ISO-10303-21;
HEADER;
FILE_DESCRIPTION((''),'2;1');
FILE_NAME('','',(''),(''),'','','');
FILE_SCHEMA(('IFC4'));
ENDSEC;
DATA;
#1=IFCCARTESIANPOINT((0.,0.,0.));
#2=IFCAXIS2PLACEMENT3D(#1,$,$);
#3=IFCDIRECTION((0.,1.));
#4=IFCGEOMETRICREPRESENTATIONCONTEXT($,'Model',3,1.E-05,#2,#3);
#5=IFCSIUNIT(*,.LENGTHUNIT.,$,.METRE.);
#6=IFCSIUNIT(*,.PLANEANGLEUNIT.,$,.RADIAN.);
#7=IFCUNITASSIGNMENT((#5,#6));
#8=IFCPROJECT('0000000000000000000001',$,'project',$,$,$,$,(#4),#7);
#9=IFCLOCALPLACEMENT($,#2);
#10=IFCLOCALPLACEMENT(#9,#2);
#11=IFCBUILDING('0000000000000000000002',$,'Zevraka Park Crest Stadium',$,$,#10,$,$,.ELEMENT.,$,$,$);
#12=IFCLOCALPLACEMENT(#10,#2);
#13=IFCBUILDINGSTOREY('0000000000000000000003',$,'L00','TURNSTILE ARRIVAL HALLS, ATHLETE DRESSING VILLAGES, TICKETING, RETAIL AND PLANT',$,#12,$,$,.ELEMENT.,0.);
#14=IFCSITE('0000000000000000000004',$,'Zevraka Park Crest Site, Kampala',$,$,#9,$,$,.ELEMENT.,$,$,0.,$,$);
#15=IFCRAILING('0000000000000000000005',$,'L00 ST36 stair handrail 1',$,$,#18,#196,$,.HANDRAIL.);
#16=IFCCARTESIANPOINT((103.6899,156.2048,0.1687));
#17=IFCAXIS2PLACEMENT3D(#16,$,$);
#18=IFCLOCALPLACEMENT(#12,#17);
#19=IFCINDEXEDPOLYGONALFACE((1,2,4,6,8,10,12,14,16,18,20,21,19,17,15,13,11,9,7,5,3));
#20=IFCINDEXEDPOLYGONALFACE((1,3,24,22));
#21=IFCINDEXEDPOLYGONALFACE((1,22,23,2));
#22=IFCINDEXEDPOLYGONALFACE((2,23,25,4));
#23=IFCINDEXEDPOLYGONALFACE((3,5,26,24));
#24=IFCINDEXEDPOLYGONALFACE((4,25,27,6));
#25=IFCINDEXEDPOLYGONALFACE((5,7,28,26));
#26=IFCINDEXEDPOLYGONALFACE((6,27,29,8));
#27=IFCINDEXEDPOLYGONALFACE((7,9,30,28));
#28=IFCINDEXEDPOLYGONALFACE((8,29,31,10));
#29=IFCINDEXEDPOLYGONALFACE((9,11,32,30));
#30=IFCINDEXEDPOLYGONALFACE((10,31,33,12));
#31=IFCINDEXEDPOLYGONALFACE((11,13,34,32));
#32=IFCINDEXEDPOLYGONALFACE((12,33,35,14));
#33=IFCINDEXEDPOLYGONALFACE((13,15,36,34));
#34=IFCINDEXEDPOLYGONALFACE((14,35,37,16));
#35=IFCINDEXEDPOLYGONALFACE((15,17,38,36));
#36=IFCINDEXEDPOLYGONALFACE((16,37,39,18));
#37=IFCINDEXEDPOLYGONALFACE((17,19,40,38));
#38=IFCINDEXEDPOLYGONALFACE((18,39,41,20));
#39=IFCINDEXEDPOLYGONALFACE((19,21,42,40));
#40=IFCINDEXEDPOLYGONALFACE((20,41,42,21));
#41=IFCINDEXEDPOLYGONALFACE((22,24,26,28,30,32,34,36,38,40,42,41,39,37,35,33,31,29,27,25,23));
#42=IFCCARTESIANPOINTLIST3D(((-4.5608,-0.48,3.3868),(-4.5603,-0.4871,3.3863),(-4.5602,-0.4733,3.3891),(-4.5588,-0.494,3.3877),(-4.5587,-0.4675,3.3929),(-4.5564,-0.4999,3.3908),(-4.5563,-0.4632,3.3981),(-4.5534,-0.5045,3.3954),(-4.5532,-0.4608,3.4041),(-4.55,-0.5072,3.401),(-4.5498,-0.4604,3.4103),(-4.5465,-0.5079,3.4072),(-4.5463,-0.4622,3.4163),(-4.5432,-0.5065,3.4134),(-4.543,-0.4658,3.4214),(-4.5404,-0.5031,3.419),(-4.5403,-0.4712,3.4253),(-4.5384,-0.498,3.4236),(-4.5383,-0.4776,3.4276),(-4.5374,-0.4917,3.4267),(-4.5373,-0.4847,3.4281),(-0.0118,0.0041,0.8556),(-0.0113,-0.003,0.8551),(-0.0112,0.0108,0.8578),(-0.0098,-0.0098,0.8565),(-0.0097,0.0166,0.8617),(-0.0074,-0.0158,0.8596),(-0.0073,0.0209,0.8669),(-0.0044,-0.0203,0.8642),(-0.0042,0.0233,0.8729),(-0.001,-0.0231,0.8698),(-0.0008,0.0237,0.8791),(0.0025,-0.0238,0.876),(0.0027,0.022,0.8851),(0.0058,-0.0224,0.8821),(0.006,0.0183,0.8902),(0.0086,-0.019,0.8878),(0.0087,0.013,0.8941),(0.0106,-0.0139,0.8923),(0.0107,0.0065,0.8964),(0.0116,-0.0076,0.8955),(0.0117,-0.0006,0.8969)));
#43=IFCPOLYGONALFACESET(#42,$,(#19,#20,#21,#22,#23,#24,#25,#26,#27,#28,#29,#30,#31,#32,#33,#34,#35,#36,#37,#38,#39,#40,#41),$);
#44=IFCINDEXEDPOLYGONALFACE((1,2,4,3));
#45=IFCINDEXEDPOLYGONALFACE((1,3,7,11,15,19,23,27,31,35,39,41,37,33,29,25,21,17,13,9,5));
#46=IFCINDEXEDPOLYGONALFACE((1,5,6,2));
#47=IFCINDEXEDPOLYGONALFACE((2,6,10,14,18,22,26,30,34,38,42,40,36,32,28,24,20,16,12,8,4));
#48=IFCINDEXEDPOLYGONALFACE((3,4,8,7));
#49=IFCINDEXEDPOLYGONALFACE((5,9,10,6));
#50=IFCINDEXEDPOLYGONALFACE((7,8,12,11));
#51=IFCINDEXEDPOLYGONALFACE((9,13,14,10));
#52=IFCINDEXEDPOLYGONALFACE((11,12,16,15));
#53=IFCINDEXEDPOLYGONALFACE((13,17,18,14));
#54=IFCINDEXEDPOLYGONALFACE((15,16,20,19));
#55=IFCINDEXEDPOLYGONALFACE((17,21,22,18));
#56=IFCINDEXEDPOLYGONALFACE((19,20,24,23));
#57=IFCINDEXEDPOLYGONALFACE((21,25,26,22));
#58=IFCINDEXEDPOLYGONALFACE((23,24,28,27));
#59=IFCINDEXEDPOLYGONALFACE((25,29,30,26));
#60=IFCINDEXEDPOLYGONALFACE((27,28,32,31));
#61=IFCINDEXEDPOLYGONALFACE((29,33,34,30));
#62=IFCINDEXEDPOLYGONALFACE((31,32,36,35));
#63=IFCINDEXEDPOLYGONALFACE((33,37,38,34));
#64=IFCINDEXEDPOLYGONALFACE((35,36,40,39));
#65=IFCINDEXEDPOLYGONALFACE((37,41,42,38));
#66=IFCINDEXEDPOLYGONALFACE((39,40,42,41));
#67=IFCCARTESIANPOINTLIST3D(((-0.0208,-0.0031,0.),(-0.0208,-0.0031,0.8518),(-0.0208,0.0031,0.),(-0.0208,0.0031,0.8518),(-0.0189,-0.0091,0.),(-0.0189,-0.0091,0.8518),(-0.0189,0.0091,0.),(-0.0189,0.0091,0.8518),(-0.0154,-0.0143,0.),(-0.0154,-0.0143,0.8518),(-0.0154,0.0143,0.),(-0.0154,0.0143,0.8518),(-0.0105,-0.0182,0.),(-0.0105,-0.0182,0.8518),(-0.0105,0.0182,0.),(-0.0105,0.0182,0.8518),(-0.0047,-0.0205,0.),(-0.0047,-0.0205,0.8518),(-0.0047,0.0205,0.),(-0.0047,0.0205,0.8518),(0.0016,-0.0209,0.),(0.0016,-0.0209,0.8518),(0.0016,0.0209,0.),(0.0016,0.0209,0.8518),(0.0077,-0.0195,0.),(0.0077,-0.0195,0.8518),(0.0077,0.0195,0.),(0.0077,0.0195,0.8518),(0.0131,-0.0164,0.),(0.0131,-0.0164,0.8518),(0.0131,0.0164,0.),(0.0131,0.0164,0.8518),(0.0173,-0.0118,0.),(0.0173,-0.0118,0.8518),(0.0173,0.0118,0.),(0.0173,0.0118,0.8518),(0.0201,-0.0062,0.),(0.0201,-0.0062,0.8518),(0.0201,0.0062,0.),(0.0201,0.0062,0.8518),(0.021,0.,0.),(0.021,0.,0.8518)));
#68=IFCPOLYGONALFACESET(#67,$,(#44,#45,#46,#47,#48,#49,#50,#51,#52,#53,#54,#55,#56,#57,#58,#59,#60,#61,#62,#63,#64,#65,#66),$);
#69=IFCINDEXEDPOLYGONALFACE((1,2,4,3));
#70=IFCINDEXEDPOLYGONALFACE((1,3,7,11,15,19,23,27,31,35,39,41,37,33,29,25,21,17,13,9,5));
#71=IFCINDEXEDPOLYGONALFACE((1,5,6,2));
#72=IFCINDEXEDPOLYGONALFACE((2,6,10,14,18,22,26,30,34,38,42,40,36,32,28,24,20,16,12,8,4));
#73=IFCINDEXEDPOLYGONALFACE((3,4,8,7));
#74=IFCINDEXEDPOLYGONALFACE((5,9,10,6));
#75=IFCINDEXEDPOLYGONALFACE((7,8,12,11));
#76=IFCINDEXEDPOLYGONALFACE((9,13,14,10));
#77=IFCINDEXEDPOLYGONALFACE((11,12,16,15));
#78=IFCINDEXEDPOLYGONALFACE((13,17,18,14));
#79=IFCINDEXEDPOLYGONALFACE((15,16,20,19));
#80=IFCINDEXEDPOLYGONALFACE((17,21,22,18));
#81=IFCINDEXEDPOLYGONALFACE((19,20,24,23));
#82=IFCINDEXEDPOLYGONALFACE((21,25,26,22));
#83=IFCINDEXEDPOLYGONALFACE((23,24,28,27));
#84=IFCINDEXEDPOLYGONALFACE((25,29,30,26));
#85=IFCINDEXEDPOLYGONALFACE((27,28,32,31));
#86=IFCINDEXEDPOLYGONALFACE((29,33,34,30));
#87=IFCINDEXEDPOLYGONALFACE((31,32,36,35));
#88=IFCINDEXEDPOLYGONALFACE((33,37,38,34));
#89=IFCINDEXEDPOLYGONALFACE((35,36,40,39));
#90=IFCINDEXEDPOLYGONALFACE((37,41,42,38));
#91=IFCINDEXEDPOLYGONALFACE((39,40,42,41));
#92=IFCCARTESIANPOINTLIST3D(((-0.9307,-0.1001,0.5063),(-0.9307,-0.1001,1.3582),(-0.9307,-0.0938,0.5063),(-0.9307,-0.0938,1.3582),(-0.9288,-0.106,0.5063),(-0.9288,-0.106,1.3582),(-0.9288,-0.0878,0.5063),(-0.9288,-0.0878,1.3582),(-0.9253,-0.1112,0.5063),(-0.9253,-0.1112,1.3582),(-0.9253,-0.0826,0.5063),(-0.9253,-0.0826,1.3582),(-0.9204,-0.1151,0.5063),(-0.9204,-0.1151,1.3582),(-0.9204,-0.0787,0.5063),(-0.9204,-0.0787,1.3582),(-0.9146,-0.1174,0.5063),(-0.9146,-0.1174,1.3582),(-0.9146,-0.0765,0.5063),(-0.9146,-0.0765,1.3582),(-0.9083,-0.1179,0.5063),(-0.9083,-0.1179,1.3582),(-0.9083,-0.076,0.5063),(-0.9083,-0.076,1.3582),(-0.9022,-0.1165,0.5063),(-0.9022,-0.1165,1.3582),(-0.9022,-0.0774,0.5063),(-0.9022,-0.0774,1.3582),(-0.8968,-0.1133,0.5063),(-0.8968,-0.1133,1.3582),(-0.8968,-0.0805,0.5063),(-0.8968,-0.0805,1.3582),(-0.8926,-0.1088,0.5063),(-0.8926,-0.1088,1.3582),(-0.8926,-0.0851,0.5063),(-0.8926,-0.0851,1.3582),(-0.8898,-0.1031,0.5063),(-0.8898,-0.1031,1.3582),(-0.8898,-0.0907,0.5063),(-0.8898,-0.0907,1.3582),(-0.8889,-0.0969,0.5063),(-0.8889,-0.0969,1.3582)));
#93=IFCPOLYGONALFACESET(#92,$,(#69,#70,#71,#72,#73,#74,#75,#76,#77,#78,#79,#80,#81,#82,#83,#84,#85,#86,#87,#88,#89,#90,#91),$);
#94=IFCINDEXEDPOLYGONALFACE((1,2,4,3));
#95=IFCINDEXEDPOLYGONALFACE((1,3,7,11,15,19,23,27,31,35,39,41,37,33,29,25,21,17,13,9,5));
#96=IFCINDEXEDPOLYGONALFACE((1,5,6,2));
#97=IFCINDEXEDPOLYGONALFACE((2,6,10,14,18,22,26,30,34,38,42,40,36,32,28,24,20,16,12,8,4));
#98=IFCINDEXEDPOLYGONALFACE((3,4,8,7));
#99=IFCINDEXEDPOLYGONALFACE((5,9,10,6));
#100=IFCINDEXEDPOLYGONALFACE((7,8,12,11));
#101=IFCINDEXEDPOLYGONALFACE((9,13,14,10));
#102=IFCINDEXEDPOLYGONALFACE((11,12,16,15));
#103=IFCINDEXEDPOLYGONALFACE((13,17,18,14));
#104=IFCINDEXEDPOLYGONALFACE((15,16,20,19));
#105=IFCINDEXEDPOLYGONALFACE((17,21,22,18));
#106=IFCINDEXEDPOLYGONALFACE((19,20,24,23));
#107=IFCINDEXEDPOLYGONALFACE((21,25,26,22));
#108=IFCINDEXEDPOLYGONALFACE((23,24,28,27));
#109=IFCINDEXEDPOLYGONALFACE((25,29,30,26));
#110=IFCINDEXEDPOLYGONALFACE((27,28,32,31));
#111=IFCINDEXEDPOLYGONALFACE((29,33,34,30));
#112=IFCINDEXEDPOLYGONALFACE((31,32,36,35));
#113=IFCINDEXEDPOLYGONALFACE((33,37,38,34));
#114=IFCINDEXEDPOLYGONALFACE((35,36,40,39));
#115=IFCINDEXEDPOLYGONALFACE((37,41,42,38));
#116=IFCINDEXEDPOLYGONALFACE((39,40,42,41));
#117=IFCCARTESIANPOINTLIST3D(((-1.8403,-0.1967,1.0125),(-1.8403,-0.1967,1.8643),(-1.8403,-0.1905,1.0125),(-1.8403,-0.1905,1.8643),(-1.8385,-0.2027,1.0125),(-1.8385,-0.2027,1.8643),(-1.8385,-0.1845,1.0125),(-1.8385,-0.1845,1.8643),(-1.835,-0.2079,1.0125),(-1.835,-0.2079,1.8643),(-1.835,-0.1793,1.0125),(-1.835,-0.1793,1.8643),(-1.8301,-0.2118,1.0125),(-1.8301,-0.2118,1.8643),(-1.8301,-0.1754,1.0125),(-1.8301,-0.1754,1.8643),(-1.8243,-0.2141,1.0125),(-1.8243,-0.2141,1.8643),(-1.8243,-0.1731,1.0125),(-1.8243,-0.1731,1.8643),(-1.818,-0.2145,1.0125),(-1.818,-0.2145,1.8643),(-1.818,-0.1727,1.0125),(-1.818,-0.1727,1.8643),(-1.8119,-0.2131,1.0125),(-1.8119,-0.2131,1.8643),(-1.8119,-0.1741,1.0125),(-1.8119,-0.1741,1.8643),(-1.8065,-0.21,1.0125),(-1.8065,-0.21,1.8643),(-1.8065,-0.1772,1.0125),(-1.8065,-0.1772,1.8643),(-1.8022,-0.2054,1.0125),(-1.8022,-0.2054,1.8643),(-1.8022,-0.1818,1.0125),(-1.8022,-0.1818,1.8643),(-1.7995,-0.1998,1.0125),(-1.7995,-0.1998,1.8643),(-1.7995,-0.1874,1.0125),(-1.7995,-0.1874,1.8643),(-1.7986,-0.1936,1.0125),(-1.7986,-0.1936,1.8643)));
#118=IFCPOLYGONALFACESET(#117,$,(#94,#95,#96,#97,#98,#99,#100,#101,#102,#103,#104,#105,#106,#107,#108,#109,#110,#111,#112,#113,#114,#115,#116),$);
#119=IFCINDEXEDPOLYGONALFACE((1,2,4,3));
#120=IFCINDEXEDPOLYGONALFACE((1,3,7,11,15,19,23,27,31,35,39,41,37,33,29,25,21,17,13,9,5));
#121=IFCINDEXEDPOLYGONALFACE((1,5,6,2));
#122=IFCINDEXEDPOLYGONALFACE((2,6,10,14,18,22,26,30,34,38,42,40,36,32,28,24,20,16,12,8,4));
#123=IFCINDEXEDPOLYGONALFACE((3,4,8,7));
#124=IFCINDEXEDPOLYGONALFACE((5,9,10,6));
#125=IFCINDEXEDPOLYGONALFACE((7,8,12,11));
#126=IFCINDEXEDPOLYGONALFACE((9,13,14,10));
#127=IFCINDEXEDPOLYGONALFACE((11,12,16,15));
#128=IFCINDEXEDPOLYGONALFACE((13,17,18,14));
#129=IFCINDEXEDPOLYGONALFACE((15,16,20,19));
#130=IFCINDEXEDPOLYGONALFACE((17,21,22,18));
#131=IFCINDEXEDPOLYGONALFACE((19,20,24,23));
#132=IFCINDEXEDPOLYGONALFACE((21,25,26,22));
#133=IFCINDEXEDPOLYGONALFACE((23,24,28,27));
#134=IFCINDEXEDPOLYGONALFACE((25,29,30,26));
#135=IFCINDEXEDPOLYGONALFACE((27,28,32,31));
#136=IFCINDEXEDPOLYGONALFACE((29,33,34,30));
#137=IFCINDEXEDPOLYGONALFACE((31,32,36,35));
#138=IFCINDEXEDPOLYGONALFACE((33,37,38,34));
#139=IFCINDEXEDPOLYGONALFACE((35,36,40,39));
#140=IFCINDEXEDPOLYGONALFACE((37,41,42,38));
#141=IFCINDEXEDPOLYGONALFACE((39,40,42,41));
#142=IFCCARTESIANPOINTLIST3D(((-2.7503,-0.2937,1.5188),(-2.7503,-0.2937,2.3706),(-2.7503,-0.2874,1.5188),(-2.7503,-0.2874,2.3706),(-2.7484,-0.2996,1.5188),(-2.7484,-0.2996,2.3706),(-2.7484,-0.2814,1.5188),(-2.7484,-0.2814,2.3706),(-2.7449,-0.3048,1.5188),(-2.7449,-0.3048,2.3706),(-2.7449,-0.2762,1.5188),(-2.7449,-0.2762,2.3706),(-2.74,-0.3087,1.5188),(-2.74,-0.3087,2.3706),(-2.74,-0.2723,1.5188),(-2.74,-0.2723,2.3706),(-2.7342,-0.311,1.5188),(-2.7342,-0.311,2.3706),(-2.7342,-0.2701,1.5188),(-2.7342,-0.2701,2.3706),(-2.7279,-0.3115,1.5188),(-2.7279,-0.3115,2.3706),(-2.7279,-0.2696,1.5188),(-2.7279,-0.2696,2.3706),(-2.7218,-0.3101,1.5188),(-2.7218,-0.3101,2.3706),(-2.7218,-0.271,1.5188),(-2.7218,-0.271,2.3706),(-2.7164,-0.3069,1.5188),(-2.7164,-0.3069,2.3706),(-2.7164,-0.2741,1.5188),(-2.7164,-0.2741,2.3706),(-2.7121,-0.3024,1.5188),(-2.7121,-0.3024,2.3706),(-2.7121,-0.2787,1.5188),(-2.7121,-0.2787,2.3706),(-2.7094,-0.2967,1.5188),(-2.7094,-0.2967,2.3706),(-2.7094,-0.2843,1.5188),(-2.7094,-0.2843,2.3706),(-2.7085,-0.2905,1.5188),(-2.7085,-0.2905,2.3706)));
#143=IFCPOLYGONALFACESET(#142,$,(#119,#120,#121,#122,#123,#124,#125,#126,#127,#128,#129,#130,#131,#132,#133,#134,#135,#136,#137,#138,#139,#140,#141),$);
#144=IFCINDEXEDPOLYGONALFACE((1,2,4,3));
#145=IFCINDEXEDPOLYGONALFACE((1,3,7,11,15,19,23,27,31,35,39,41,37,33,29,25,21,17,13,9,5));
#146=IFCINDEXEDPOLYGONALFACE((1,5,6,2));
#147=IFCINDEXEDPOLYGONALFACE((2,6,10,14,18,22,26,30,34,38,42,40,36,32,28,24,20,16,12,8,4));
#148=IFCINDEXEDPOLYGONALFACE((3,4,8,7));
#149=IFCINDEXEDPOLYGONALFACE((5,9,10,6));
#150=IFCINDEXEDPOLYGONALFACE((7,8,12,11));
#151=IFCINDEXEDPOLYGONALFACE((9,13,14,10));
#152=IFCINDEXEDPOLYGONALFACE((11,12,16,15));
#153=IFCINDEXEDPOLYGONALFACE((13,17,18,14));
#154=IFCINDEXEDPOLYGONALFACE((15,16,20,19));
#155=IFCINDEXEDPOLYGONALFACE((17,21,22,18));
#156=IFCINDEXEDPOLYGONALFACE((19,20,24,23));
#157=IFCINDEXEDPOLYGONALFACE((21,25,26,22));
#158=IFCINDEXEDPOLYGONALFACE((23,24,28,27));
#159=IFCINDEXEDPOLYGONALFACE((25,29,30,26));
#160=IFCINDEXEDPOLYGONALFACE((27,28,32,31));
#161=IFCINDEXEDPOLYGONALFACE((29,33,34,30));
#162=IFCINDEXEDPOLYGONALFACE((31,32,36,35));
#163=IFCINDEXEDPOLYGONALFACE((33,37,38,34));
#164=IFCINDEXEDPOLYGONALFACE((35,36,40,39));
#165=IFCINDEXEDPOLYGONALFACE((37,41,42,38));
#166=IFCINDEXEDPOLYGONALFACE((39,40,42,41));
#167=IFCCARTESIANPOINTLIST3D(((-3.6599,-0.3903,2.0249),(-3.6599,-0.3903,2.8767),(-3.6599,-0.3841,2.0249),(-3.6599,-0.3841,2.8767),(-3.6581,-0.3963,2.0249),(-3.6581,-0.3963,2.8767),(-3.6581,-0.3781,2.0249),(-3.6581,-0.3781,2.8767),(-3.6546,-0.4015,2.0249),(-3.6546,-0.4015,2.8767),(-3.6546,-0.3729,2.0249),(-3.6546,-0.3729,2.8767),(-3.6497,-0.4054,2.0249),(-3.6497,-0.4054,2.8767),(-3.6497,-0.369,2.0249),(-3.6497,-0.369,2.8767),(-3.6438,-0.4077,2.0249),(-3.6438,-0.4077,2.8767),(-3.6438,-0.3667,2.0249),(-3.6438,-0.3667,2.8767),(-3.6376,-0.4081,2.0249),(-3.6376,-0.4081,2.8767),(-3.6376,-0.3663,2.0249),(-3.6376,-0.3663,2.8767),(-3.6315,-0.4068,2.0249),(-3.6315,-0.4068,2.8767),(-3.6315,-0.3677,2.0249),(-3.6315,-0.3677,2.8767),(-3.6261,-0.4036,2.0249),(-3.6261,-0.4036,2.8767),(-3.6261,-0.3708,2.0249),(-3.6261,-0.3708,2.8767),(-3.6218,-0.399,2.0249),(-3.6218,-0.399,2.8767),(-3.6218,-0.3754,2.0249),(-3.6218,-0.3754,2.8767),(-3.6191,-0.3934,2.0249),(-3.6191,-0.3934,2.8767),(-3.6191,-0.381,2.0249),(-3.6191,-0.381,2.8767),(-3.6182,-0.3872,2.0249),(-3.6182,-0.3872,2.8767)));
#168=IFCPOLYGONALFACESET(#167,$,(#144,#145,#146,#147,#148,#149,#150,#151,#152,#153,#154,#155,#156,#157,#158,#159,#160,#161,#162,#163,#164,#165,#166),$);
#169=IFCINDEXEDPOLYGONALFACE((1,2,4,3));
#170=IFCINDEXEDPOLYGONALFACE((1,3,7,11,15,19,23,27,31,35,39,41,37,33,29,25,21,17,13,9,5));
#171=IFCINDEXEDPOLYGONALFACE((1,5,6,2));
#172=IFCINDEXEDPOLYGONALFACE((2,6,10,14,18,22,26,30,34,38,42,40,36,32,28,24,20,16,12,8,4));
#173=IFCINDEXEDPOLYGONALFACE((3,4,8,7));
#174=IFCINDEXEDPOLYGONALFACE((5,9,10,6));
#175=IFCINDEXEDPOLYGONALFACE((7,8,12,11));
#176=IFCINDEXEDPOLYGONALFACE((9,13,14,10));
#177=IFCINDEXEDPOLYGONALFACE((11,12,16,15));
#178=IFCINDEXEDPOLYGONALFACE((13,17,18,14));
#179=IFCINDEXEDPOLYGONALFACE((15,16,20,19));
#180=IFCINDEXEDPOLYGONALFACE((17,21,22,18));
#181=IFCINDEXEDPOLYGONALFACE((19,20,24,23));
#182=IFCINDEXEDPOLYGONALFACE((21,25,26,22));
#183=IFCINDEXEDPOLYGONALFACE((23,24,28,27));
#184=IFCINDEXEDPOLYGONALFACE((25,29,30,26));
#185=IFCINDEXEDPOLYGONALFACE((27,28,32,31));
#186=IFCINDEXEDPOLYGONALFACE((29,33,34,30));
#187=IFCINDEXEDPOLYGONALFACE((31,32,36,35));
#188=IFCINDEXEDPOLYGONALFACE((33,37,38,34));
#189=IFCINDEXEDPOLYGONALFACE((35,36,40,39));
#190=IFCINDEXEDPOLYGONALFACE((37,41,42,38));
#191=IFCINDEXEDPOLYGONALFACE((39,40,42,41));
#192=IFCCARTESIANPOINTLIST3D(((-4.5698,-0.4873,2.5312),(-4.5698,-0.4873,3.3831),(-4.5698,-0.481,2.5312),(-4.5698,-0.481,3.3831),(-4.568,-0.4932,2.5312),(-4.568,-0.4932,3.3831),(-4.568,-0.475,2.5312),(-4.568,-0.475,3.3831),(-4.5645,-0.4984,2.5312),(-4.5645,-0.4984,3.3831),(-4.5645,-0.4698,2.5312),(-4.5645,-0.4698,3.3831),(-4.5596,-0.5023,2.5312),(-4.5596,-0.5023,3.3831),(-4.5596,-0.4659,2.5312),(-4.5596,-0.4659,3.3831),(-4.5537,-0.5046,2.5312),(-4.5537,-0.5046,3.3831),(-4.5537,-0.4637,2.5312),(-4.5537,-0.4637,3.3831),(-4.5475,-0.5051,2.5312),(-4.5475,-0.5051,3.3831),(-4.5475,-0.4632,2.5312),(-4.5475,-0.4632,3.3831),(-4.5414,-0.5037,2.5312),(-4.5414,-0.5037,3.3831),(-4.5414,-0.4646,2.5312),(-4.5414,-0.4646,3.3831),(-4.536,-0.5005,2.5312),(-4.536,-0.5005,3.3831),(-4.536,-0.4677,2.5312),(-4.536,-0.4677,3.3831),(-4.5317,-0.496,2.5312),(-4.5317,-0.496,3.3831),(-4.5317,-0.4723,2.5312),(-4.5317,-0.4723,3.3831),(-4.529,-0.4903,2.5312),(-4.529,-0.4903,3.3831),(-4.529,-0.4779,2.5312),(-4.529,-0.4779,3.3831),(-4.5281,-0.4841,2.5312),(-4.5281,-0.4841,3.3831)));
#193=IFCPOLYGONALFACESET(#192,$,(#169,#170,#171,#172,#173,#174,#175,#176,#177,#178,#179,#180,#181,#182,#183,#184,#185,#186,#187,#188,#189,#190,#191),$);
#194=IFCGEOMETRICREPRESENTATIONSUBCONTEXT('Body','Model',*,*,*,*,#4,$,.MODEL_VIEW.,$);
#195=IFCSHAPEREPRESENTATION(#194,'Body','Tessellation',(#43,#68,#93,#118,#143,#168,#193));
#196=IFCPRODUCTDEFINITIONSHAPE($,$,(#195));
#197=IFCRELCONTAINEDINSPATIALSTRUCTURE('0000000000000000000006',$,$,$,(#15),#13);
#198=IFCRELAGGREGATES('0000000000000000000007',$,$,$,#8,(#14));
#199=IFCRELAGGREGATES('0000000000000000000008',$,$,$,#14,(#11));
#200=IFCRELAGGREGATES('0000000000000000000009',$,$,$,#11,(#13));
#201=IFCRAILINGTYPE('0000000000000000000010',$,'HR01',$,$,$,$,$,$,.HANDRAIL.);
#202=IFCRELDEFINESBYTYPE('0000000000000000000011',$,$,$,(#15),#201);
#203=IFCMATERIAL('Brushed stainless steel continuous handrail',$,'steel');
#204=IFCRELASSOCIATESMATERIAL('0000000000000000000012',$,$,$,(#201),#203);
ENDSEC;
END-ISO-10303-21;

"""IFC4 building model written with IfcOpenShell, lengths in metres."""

from ifc_helpers import new_model, si_unit, direction, frame, origin, origin_2d, place, context, subcontext, project, spatial, circle, extrude, material, type_object, element, save


model = new_model("IFC4")

# Units and contexts
model_context = context("Model", 3, precision=1e-05, world=origin(), true_north=direction((0.0, 1.0)))
body_context = subcontext(model_context, "Body", "Model", "MODEL_VIEW")
ifc_project = project(units=[si_unit("LENGTHUNIT", "METRE"), si_unit("PLANEANGLEUNIT", "RADIAN")], contexts=[model_context])

# Site, building, storey
site_placement = place(None, origin())
site = spatial("IfcSite", under=ifc_project, at=site_placement, Name="Zevraka Park Crest Site, Kampala", CompositionType="ELEMENT", RefElevation=0.0)
building_placement = place(site_placement, origin())
building = spatial("IfcBuilding", under=site, at=building_placement, Name="Zevraka Park Crest Stadium", CompositionType="ELEMENT")
storey_placement = place(building_placement, origin())
storey = spatial("IfcBuildingStorey", under=building, at=storey_placement, Name="L00", Description="TURNSTILE ARRIVAL HALLS, ATHLETE DRESSING VILLAGES, TICKETING, RETAIL AND PLANT", CompositionType="ELEMENT", Elevation=0.0)

# Railing
ifc_material_1 = material(Name="Brushed stainless steel continuous handrail", Category="steel")
railing_type_1 = type_object("IfcRailingType", Name="HR01", PredefinedType="HANDRAIL", material=ifc_material_1)
railing_1_placement = place(storey_placement, frame((103.6899, 156.2048, 0.1687)))
element("IfcRailing", 1, at=railing_1_placement, inside=storey, type_object=railing_type_1, Name="L00 ST36 stair handrail 1", PredefinedType="HANDRAIL", context=body_context, shape_type="SweptSolid", body=[
    extrude(circle(Radius=0.0239, at=origin_2d()), frame((0.0, 0.0, 0.876), z_axis=(-0.870078, -0.092597, 0.484139), x_axis=(0.105826, -0.994385, 0.0)), (0.0, 0.0, 1.0), 5.2283),
    extrude(circle(Radius=0.021, at=origin_2d()), origin(), (0.0, 0.0, 1.0), 0.8518),
    extrude(circle(Radius=0.021, at=origin_2d()), frame((-0.9099, -0.0969, 0.5063)), (0.0, 0.0, 1.0), 0.8518),
    extrude(circle(Radius=0.021, at=origin_2d()), frame((-1.8196, -0.1936, 1.0125)), (0.0, 0.0, 1.0), 0.8518),
    extrude(circle(Radius=0.021, at=origin_2d()), frame((-2.7295, -0.2905, 1.5188)), (0.0, 0.0, 1.0), 0.8518),
    extrude(circle(Radius=0.021, at=origin_2d()), frame((-3.6392, -0.3872, 2.0249)), (0.0, 0.0, 1.0), 0.8518),
    extrude(circle(Radius=0.021, at=origin_2d()), frame((-4.5491, -0.4841, 2.5312)), (0.0, 0.0, 1.0), 0.8518),
])

save(model, "model.ifc")
